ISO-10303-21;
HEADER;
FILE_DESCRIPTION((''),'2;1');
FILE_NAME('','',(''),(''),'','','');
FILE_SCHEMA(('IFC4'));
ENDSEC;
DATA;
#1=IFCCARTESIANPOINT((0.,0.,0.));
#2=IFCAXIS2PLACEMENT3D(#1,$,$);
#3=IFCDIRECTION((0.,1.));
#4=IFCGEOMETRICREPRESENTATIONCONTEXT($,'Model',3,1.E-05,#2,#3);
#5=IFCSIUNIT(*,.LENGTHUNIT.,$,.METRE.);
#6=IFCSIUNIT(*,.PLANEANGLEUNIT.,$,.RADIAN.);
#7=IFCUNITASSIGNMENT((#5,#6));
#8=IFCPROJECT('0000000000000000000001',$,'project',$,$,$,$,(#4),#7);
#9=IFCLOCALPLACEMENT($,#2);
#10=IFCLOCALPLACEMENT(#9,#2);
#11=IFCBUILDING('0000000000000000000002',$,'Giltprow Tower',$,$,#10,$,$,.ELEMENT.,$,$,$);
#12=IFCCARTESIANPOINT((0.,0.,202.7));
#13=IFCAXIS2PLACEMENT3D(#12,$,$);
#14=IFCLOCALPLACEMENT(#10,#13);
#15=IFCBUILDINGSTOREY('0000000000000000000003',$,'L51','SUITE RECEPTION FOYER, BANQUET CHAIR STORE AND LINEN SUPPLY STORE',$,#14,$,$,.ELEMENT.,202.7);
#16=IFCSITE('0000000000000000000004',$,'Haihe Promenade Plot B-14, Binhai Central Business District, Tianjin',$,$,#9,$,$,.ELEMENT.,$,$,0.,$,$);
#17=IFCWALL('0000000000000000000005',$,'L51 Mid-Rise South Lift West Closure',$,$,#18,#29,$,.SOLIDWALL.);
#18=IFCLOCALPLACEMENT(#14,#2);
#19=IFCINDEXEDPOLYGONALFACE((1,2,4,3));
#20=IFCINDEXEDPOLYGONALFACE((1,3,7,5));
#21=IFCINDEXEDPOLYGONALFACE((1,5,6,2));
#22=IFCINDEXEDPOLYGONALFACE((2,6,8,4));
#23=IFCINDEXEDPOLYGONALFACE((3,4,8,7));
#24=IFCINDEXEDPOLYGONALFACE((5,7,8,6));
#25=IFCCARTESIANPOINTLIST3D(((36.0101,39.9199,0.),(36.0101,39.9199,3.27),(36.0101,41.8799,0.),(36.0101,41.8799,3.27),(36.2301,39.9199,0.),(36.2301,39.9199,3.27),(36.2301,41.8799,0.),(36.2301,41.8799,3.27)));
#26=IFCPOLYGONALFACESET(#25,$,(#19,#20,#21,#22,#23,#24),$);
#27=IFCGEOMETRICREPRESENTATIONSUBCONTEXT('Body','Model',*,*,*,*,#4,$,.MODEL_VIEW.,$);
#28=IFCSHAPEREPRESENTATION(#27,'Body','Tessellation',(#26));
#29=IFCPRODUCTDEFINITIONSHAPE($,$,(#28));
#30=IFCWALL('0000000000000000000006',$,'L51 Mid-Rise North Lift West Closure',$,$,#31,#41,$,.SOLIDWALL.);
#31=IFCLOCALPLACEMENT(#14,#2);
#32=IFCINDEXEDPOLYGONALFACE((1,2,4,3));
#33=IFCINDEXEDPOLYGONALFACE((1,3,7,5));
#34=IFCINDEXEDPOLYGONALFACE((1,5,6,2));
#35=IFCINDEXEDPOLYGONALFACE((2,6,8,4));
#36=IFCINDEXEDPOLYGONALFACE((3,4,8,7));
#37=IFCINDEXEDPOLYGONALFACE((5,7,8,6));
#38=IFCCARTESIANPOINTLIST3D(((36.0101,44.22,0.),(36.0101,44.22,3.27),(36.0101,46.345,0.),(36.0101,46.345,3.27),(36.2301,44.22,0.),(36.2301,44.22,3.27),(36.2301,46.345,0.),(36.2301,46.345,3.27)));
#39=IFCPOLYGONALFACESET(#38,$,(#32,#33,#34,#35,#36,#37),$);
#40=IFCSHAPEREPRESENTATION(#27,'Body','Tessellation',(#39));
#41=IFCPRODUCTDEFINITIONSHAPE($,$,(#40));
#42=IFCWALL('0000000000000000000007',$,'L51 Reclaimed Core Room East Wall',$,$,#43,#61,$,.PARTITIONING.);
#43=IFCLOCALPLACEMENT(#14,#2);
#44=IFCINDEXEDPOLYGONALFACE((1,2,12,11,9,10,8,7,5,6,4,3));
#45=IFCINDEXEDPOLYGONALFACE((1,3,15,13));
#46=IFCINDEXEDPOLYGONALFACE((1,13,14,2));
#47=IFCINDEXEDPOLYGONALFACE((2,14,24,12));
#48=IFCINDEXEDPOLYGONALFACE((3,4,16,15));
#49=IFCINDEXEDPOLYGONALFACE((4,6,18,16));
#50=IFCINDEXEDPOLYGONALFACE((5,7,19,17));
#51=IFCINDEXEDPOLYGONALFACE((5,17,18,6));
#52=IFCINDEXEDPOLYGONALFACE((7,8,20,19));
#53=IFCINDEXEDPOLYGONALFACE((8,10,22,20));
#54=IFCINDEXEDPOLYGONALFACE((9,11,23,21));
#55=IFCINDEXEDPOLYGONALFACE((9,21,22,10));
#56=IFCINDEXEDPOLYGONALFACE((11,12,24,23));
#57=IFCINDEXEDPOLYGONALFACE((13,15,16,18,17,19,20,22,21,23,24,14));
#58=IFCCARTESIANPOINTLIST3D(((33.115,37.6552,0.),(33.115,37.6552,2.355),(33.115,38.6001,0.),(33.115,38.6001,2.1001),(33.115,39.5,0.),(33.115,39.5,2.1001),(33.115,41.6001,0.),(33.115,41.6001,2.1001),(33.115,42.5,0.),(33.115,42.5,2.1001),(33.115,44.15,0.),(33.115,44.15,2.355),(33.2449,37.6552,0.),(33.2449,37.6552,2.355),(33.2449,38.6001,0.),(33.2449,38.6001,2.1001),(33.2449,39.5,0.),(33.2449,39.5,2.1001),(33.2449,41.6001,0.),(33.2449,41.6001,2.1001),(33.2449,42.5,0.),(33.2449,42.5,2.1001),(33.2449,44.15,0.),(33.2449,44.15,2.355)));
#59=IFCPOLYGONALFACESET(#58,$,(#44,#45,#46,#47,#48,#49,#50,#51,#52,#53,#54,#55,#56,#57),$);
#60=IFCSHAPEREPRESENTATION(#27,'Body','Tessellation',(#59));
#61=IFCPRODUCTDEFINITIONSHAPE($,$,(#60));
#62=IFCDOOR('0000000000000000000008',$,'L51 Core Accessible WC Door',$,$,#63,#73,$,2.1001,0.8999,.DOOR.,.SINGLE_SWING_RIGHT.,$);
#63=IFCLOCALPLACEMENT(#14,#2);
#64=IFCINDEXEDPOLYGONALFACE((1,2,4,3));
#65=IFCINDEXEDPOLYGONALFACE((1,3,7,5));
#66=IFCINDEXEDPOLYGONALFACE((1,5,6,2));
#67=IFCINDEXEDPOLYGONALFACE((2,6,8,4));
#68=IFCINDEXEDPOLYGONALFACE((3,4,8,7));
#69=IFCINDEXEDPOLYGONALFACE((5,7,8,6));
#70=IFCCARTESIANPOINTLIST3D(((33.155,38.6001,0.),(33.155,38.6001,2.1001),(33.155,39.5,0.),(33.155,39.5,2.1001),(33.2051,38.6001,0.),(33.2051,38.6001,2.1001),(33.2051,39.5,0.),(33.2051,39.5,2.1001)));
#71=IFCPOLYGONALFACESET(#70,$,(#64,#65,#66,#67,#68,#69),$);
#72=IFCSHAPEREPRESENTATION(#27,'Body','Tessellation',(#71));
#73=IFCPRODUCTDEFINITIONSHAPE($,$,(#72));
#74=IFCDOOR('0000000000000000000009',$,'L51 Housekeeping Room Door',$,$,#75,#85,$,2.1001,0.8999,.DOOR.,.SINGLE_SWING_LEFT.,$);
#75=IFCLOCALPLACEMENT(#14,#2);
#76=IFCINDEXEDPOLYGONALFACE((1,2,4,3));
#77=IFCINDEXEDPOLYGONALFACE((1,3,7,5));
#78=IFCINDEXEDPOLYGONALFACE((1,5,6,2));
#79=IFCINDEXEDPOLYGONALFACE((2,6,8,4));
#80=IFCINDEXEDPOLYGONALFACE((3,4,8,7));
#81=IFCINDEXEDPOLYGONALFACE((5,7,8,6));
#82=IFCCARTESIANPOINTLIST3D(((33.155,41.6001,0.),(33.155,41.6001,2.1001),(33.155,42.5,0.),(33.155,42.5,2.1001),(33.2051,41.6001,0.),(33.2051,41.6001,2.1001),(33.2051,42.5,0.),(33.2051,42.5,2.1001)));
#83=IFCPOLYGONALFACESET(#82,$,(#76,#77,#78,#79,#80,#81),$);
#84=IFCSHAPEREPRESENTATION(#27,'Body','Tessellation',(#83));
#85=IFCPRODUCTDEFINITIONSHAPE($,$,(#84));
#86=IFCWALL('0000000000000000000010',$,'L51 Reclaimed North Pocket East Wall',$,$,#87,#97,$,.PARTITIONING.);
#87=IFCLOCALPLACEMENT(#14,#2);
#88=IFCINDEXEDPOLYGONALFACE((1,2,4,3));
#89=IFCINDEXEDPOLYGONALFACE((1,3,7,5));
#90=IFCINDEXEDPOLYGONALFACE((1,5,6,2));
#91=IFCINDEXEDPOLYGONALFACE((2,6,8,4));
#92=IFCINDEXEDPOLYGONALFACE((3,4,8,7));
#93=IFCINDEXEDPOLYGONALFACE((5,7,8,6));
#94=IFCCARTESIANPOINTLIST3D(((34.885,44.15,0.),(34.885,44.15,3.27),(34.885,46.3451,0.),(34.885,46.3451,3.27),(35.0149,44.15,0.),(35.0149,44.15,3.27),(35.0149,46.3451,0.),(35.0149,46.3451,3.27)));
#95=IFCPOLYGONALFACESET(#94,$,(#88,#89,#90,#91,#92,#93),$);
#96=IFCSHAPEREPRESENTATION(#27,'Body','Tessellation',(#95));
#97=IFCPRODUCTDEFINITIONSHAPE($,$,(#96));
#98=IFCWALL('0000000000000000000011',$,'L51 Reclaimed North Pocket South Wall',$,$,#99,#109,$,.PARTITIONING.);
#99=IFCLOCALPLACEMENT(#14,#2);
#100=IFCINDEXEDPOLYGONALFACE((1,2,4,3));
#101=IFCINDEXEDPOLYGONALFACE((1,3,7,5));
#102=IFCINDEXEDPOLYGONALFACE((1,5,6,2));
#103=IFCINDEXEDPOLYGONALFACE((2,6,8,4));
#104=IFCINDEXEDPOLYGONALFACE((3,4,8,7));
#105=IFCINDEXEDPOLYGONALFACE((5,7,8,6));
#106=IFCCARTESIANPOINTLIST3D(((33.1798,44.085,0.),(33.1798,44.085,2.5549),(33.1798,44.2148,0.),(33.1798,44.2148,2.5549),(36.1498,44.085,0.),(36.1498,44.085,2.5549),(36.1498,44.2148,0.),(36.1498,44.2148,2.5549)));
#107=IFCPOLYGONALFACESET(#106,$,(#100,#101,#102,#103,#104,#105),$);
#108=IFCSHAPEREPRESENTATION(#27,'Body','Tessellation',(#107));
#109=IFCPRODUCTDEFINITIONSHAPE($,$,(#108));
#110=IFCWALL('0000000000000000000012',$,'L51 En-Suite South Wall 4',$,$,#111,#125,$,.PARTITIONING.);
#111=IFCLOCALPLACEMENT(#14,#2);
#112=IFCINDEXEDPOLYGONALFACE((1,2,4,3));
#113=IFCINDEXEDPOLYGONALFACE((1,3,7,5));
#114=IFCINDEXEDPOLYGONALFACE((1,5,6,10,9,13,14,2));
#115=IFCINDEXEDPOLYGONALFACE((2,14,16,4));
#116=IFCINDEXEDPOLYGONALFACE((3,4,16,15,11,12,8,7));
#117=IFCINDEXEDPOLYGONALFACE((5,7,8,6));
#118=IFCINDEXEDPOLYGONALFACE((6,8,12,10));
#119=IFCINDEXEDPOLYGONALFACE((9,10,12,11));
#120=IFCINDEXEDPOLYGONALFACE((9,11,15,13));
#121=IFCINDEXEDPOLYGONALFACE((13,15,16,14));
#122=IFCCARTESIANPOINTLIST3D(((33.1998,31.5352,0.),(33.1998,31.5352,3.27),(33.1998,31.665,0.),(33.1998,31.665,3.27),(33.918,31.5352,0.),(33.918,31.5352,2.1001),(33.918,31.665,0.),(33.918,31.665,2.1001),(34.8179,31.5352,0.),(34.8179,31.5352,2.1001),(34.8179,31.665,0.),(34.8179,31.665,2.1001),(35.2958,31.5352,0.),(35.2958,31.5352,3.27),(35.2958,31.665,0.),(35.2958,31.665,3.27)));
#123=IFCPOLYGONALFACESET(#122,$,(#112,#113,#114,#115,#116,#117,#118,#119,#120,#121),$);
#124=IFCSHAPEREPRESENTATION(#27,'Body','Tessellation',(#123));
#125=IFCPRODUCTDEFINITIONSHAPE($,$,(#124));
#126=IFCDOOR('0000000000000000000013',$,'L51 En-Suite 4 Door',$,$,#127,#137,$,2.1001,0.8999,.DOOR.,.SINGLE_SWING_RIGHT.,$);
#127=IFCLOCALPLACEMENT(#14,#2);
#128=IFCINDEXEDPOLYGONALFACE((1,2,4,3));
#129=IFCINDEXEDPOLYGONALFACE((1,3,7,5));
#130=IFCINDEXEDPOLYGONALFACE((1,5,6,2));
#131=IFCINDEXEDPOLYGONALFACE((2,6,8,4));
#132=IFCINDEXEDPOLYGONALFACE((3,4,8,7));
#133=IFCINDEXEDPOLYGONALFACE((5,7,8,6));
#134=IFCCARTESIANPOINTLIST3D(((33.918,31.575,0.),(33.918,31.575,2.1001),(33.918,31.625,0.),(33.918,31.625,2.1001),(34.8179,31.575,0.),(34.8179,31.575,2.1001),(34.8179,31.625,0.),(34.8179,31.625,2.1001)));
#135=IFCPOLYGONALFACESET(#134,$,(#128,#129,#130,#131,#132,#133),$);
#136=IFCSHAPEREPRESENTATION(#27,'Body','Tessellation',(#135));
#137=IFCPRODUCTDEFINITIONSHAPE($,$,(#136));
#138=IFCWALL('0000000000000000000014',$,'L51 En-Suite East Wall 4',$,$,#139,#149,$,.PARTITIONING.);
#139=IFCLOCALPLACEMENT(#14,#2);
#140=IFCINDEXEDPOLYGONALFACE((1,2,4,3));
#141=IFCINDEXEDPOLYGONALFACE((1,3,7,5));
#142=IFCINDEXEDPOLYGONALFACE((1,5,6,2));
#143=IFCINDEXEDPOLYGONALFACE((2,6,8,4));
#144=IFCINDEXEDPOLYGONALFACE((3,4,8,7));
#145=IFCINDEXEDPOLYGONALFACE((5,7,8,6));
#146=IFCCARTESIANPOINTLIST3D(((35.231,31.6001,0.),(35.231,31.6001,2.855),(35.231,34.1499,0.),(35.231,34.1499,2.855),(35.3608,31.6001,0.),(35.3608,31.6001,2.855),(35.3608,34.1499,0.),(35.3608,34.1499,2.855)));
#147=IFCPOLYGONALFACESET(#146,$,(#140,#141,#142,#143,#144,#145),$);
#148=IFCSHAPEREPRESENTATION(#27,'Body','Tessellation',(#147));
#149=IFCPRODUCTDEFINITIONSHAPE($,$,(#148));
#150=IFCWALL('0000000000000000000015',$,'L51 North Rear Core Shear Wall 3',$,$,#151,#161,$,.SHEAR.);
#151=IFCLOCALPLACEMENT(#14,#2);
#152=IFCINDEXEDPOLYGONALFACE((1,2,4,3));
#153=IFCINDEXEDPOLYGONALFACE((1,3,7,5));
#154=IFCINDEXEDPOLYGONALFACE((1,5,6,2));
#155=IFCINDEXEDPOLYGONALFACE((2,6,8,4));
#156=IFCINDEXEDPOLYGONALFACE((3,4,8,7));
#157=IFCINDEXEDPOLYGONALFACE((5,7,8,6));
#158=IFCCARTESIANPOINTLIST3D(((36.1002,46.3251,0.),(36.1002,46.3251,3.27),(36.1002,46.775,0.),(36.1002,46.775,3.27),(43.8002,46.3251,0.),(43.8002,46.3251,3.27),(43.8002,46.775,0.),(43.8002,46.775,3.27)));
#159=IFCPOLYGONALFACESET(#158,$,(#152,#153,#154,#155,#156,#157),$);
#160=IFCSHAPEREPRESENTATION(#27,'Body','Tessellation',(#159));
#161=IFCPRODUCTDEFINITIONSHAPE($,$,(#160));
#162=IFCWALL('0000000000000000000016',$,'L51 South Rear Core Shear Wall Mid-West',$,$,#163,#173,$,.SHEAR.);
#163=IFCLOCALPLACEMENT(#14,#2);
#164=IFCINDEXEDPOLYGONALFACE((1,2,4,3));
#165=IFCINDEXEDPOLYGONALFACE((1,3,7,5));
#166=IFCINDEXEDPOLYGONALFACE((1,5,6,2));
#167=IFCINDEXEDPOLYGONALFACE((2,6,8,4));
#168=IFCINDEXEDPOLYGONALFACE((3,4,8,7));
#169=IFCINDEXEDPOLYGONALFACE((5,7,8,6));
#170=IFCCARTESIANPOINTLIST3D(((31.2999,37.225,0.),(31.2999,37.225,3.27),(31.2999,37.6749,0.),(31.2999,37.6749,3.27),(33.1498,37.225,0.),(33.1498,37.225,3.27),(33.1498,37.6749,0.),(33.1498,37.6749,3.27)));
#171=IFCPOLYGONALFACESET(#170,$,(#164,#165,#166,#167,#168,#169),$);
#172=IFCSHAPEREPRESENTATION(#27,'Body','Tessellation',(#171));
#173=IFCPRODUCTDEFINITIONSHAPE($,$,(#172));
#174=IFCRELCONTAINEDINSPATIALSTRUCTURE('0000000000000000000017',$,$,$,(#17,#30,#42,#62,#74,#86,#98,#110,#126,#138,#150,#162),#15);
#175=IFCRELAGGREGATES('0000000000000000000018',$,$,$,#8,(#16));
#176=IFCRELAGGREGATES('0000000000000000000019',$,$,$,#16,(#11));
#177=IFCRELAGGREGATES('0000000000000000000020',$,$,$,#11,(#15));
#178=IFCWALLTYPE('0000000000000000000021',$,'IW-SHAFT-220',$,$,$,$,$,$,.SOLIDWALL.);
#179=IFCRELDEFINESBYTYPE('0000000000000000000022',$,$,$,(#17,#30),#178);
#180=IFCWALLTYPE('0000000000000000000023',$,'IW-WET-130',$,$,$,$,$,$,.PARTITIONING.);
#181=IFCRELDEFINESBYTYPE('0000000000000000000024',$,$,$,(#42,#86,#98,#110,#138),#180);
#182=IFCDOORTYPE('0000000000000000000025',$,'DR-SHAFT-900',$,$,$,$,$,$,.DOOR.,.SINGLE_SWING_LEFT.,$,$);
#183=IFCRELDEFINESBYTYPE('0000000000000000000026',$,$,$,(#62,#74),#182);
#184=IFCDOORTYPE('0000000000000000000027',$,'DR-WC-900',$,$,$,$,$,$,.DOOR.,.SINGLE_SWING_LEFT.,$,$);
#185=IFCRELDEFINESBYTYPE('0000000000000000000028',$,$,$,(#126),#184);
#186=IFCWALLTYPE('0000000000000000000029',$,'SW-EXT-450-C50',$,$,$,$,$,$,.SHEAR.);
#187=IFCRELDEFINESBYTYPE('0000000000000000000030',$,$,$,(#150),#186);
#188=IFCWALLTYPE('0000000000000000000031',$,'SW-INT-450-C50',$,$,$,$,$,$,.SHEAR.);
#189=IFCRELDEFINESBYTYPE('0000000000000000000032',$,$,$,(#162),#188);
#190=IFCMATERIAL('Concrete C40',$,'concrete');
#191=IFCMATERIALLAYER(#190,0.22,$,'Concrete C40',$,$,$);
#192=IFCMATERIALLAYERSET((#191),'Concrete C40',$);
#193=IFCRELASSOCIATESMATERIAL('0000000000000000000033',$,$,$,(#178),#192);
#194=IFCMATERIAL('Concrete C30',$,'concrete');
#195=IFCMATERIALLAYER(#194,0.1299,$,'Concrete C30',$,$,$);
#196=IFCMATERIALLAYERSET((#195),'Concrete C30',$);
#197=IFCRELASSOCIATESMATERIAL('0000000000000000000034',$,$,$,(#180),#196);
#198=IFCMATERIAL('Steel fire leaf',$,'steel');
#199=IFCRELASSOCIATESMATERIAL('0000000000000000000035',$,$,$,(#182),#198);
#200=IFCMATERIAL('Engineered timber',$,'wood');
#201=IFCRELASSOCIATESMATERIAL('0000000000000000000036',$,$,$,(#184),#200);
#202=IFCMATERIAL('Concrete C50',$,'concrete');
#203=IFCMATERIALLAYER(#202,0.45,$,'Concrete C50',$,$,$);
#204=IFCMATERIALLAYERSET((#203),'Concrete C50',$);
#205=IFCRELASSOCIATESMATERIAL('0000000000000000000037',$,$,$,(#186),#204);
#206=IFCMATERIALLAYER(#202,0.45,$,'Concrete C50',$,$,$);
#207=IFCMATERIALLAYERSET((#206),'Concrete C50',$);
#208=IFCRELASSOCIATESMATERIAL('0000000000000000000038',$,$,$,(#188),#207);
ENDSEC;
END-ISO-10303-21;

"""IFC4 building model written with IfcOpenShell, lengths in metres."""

from ifc_helpers import new_model, si_unit, direction, frame, frame_2d, origin, place, context, subcontext, project, spatial, rectangle, extrude, source, transform, mapped, material, layer, layer_set, type_object, element, fill, save


model = new_model("IFC4")

# Units and contexts
model_context = context("Model", 3, precision=1e-05, world=origin(), true_north=direction((0.0, 1.0)))
body_context = subcontext(model_context, "Body", "Model", "MODEL_VIEW")
ifc_project = project(units=[si_unit("LENGTHUNIT", "METRE"), si_unit("PLANEANGLEUNIT", "RADIAN")], contexts=[model_context])

# Site, building, storey
site_placement = place(None, origin())
site = spatial("IfcSite", under=ifc_project, at=site_placement, Name="Haihe Promenade Plot B-14, Binhai Central Business District, Tianjin", CompositionType="ELEMENT", RefElevation=0.0)
building_placement = place(site_placement, origin())
building = spatial("IfcBuilding", under=site, at=building_placement, Name="Giltprow Tower", CompositionType="ELEMENT")
storey_placement = place(building_placement, frame((0.0, 0.0, 202.7)))
storey = spatial("IfcBuildingStorey", under=building, at=storey_placement, Name="L51", Description="SUITE RECEPTION FOYER, BANQUET CHAIR STORE AND LINEN SUPPLY STORE", CompositionType="ELEMENT", Elevation=202.7)

# Shared definitions
ifc_material_1 = material(Name="Concrete C50", Category="concrete")

# Shared definitions
ifc_material_2 = material(Name="Concrete C40", Category="concrete")
ifc_layer_1 = layer(ifc_material_2, 0.22, Name="Concrete C40")
ifc_layer_set_1 = layer_set([ifc_layer_1], Name="Concrete C40")
wall_type_1 = type_object("IfcWallType", Name="IW-SHAFT-220", PredefinedType="SOLIDWALL", material=ifc_layer_set_1)

# Walls
wall_1_placement = place(storey_placement, frame((36.1201, 39.9199, 0.0), z_axis=(0.0, 0.0, 1.0), x_axis=(0.0, 1.0, 0.0)))
element("IfcWall", 1, at=wall_1_placement, inside=storey, type_object=wall_type_1, Name="L51 Mid-Rise South Lift West Closure", PredefinedType="SOLIDWALL", context=body_context, shape_type="SweptSolid", body=[
    extrude(rectangle(XDim=1.96, YDim=0.22, at=frame_2d((0.98, 0.0))), origin(), (0.0, 0.0, 1.0), 3.27),
])
wall_2_placement = place(storey_placement, frame((36.1201, 44.22, 0.0), z_axis=(0.0, 0.0, 1.0), x_axis=(0.0, 1.0, 0.0)))
element("IfcWall", 2, at=wall_2_placement, inside=storey, type_object=wall_type_1, Name="L51 Mid-Rise North Lift West Closure", PredefinedType="SOLIDWALL", context=body_context, shape_type="SweptSolid", body=[
    extrude(rectangle(XDim=2.125, YDim=0.22, at=frame_2d((1.0625, 0.0))), origin(), (0.0, 0.0, 1.0), 3.27),
])

# Wall, openings, doors
ifc_material_3 = material(Name="Concrete C30", Category="concrete")
ifc_layer_2 = layer(ifc_material_3, 0.1299, Name="Concrete C30")
ifc_layer_set_2 = layer_set([ifc_layer_2], Name="Concrete C30")
wall_type_2 = type_object("IfcWallType", Name="IW-WET-130", PredefinedType="PARTITIONING", material=ifc_layer_set_2)
wall_3_placement = place(storey_placement, frame((33.1799, 37.655, 0.0), z_axis=(0.0, 0.0, 1.0), x_axis=(0.0, 1.0, 0.0)))
wall_3 = element("IfcWall", 3, at=wall_3_placement, inside=storey, type_object=wall_type_2, Name="L51 Reclaimed Core Room East Wall", PredefinedType="PARTITIONING", context=body_context, shape_type="SweptSolid", body=[
    extrude(rectangle(XDim=6.4949, YDim=0.1299, at=frame_2d((3.2476, 0.0))), origin(), (0.0, 0.0, 1.0), 2.355),
])
opening_1_placement = place(wall_3_placement, frame((0.9451, 0.0, 0.0)))
opening_1 = element("IfcOpeningElement", 4, at=opening_1_placement, cuts=wall_3, PredefinedType="OPENING", context=body_context, shape_type="SweptSolid", body=[
    extrude(rectangle(XDim=0.8999, YDim=2.1001, at=frame_2d((0.45, 1.05))), frame((0.0, 0.075, 0.0), z_axis=(0.0, -1.0, 0.0), x_axis=(1.0, 0.0, 0.0)), (0.0, 0.0, 1.0), 0.1499),
])
opening_2_placement = place(wall_3_placement, frame((3.9451, 0.0, 0.0)))
opening_2 = element("IfcOpeningElement", 5, at=opening_2_placement, cuts=wall_3, PredefinedType="OPENING", context=body_context, shape_type="SweptSolid", body=[
    extrude(rectangle(XDim=0.8999, YDim=2.1001, at=frame_2d((0.45, 1.05))), frame((0.0, 0.075, 0.0), z_axis=(0.0, -1.0, 0.0), x_axis=(1.0, 0.0, 0.0)), (0.0, 0.0, 1.0), 0.1499),
])
ifc_material_4 = material(Name="Steel fire leaf", Category="steel")
door_type_1 = type_object("IfcDoorType", Name="DR-SHAFT-900", OperationType="SINGLE_SWING_LEFT", PredefinedType="DOOR", material=ifc_material_4)
shared_shape_1 = source(origin(), body_context, "Body", "SweptSolid", [
    extrude(rectangle(XDim=0.8999, YDim=2.1001, at=frame_2d((0.45, 1.05))), frame((0.0, 0.0249, 0.0), z_axis=(0.0, -1.0, 0.0), x_axis=(1.0, 0.0, 0.0)), (0.0, 0.0, 1.0), 0.05),
])
door_1_placement = place(opening_1_placement, origin())
door_1 = element("IfcDoor", 6, at=door_1_placement, inside=storey, type_object=door_type_1, Name="L51 Core Accessible WC Door", OperationType="SINGLE_SWING_RIGHT", OverallHeight=2.1001, OverallWidth=0.8999, PredefinedType="DOOR", context=body_context, shape_type="MappedRepresentation", body=[
    mapped(shared_shape_1, transform((0.0, 0.0, 0.0), x_axis=(1.0, 0.0, 0.0), y_axis=(0.0, 1.0, 0.0), z_axis=(0.0, 0.0, 1.0), scale=1.0)),
])
fill(opening_1, door_1)
door_2_placement = place(opening_2_placement, origin())
door_2 = element("IfcDoor", 7, at=door_2_placement, inside=storey, type_object=door_type_1, Name="L51 Housekeeping Room Door", OperationType="SINGLE_SWING_LEFT", OverallHeight=2.1001, OverallWidth=0.8999, PredefinedType="DOOR", context=body_context, shape_type="MappedRepresentation", body=[
    mapped(shared_shape_1, transform((0.0, 0.0, 0.0), x_axis=(1.0, 0.0, 0.0), y_axis=(0.0, 1.0, 0.0), z_axis=(0.0, 0.0, 1.0), scale=1.0)),
])
fill(opening_2, door_2)

# Walls
wall_4_placement = place(storey_placement, frame((34.95, 44.1499, 0.0), z_axis=(0.0, 0.0, 1.0), x_axis=(0.0, 1.0, 0.0)))
element("IfcWall", 8, at=wall_4_placement, inside=storey, type_object=wall_type_2, Name="L51 Reclaimed North Pocket East Wall", PredefinedType="PARTITIONING", context=body_context, shape_type="SweptSolid", body=[
    extrude(rectangle(XDim=2.1951, YDim=0.1299, at=frame_2d((1.0977, 0.0))), origin(), (0.0, 0.0, 1.0), 3.27),
])
wall_5_placement = place(storey_placement, frame((33.1799, 44.1499, 0.0), z_axis=(0.0, 0.0, 1.0), x_axis=(1.0, 0.0, 0.0)))
element("IfcWall", 9, at=wall_5_placement, inside=storey, type_object=wall_type_2, Name="L51 Reclaimed North Pocket South Wall", PredefinedType="PARTITIONING", context=body_context, shape_type="SweptSolid", body=[
    extrude(rectangle(XDim=2.97, YDim=0.1299, at=frame_2d((1.4849, 0.0))), origin(), (0.0, 0.0, 1.0), 2.5549),
])

# Wall, opening, door
wall_6_placement = place(storey_placement, frame((33.2, 31.6001, 0.0), z_axis=(0.0, 0.0, 1.0), x_axis=(1.0, 0.0, 0.0)))
wall_6 = element("IfcWall", 10, at=wall_6_placement, inside=storey, type_object=wall_type_2, Name="L51 En-Suite South Wall 4", PredefinedType="PARTITIONING", context=body_context, shape_type="SweptSolid", body=[
    extrude(rectangle(XDim=2.0959, YDim=0.1299, at=frame_2d((1.0479, 0.0))), origin(), (0.0, 0.0, 1.0), 3.27),
])
opening_3_placement = place(wall_6_placement, frame((0.718, 0.0, 0.0)))
opening_3 = element("IfcOpeningElement", 11, at=opening_3_placement, cuts=wall_6, PredefinedType="OPENING", context=body_context, shape_type="SweptSolid", body=[
    extrude(rectangle(XDim=0.8999, YDim=2.1001, at=frame_2d((0.45, 1.05))), frame((0.0, 0.075, 0.0), z_axis=(0.0, -1.0, 0.0), x_axis=(1.0, 0.0, 0.0)), (0.0, 0.0, 1.0), 0.1499),
])
ifc_material_5 = material(Name="Engineered timber", Category="wood")
door_type_2 = type_object("IfcDoorType", Name="DR-WC-900", OperationType="SINGLE_SWING_LEFT", PredefinedType="DOOR", material=ifc_material_5)
door_3_placement = place(opening_3_placement, origin())
door_3 = element("IfcDoor", 12, at=door_3_placement, inside=storey, type_object=door_type_2, Name="L51 En-Suite 4 Door", OperationType="SINGLE_SWING_RIGHT", OverallHeight=2.1001, OverallWidth=0.8999, PredefinedType="DOOR", context=body_context, shape_type="MappedRepresentation", body=[
    mapped(shared_shape_1, transform((0.0, 0.0, 0.0), x_axis=(1.0, 0.0, 0.0), y_axis=(0.0, 1.0, 0.0), z_axis=(0.0, 0.0, 1.0), scale=1.0)),
])
fill(opening_3, door_3)

# Walls
wall_7_placement = place(storey_placement, frame((35.2959, 31.6001, 0.0), z_axis=(0.0, 0.0, 1.0), x_axis=(0.0, 1.0, 0.0)))
element("IfcWall", 13, at=wall_7_placement, inside=storey, type_object=wall_type_2, Name="L51 En-Suite East Wall 4", PredefinedType="PARTITIONING", context=body_context, shape_type="SweptSolid", body=[
    extrude(rectangle(XDim=2.5498, YDim=0.1299, at=frame_2d((1.2749, 0.0))), origin(), (0.0, 0.0, 1.0), 2.855),
])
ifc_layer_3 = layer(ifc_material_1, 0.45, Name="Concrete C50")
ifc_layer_set_3 = layer_set([ifc_layer_3], Name="Concrete C50")
wall_type_3 = type_object("IfcWallType", Name="SW-EXT-450-C50", PredefinedType="SHEAR", material=ifc_layer_set_3)
wall_8_placement = place(storey_placement, frame((36.1001, 46.55, 0.0), z_axis=(0.0, 0.0, 1.0), x_axis=(1.0, 0.0, 0.0)))
element("IfcWall", 14, at=wall_8_placement, inside=storey, type_object=wall_type_3, Name="L51 North Rear Core Shear Wall 3", PredefinedType="SHEAR", context=body_context, shape_type="SweptSolid", body=[
    extrude(rectangle(XDim=7.7, YDim=0.45, at=frame_2d((3.8501, 0.0))), origin(), (0.0, 0.0, 1.0), 3.27),
])
ifc_layer_4 = layer(ifc_material_1, 0.45, Name="Concrete C50")
ifc_layer_set_4 = layer_set([ifc_layer_4], Name="Concrete C50")
wall_type_4 = type_object("IfcWallType", Name="SW-INT-450-C50", PredefinedType="SHEAR", material=ifc_layer_set_4)
wall_9_placement = place(storey_placement, frame((31.3, 37.45, 0.0), z_axis=(0.0, 0.0, 1.0), x_axis=(1.0, 0.0, 0.0)))
element("IfcWall", 15, at=wall_9_placement, inside=storey, type_object=wall_type_4, Name="L51 South Rear Core Shear Wall Mid-West", PredefinedType="SHEAR", context=body_context, shape_type="SweptSolid", body=[
    extrude(rectangle(XDim=1.8499, YDim=0.45, at=frame_2d((0.9248, 0.0))), origin(), (0.0, 0.0, 1.0), 3.27),
])

save(model, "model.ifc")
